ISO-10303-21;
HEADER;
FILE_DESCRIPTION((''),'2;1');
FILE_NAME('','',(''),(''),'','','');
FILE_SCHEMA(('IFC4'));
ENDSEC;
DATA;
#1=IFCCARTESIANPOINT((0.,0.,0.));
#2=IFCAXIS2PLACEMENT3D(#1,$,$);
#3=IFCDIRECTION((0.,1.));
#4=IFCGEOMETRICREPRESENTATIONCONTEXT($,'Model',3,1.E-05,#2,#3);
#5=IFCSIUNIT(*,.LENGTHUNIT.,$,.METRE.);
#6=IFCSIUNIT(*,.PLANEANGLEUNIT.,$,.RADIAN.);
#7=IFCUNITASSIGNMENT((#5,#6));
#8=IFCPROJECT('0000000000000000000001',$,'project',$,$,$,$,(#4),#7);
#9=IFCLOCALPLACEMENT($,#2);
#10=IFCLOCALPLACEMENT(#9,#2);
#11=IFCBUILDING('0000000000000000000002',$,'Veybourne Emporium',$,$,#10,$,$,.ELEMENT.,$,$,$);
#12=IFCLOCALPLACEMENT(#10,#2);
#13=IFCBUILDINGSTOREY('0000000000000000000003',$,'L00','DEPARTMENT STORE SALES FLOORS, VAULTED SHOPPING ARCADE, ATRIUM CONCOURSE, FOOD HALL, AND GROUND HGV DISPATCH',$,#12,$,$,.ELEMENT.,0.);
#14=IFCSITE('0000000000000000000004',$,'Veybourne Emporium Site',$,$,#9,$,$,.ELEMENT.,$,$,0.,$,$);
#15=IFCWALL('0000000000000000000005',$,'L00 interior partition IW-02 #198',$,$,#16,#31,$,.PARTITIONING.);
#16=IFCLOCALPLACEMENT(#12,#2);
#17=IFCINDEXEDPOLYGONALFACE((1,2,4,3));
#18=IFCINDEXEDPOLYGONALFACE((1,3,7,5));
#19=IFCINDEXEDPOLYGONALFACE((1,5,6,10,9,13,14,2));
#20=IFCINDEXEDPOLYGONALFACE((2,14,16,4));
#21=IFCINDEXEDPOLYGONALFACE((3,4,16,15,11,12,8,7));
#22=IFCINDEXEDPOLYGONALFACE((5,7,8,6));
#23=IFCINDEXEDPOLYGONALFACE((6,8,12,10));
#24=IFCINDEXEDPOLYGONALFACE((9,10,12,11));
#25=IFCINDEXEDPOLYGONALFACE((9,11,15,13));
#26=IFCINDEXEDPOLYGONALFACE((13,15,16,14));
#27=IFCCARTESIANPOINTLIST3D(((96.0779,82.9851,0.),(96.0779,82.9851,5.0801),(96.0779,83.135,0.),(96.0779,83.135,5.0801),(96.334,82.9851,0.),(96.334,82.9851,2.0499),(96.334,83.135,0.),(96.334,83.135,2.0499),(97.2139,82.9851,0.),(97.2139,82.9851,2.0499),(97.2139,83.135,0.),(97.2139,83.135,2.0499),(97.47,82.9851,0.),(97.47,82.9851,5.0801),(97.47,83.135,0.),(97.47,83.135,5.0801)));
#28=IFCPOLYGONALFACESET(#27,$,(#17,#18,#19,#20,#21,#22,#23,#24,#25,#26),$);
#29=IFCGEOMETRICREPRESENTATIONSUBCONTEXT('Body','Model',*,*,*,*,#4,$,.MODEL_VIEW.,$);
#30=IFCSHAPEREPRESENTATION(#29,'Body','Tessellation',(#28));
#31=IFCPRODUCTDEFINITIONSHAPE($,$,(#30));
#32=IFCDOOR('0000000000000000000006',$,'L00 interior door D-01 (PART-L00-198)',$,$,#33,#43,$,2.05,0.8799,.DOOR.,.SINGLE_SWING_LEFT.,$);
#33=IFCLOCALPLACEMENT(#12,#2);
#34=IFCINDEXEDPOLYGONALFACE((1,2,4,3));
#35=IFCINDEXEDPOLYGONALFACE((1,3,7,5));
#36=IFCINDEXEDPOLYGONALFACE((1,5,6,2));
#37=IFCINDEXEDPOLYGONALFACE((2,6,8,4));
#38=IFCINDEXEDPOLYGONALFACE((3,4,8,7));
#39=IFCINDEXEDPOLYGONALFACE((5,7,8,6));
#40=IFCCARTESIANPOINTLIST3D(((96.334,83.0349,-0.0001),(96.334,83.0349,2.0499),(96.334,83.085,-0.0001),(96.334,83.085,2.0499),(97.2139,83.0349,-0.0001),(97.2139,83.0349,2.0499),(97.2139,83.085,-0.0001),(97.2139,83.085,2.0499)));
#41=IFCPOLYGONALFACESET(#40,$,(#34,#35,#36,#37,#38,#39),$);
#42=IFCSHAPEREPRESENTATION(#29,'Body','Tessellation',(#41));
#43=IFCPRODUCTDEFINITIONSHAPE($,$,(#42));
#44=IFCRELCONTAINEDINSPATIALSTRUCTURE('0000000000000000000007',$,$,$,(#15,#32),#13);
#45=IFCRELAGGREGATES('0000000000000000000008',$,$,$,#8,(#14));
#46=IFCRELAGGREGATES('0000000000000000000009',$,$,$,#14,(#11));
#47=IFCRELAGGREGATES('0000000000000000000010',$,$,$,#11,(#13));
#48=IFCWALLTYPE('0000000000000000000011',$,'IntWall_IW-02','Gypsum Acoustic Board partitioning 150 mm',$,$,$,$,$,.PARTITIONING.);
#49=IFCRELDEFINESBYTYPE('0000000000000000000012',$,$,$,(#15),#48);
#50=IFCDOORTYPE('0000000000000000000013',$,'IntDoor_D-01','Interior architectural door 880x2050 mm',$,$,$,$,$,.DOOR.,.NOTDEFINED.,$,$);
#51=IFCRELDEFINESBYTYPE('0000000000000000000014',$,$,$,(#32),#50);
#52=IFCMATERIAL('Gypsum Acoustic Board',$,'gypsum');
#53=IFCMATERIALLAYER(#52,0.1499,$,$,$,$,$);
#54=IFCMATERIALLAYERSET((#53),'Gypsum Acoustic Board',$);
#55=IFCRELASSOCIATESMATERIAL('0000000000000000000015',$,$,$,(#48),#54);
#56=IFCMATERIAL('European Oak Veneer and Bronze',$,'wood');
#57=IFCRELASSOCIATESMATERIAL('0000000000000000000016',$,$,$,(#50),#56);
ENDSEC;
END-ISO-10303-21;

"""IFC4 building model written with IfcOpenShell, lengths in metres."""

from ifc_helpers import new_model, si_unit, direction, frame, frame_2d, origin, place, context, subcontext, project, spatial, rectangle, extrude, material, layer, layer_set, type_object, element, fill, save


model = new_model("IFC4")

# Units and contexts
model_context = context("Model", 3, precision=1e-05, world=origin(), true_north=direction((0.0, 1.0)))
body_context = subcontext(model_context, "Body", "Model", "MODEL_VIEW")
ifc_project = project(units=[si_unit("LENGTHUNIT", "METRE"), si_unit("PLANEANGLEUNIT", "RADIAN")], contexts=[model_context])

# Site, building, storey
site_placement = place(None, origin())
site = spatial("IfcSite", under=ifc_project, at=site_placement, Name="Veybourne Emporium Site", CompositionType="ELEMENT", RefElevation=0.0)
building_placement = place(site_placement, origin())
building = spatial("IfcBuilding", under=site, at=building_placement, Name="Veybourne Emporium", CompositionType="ELEMENT")
storey_placement = place(building_placement, origin())
storey = spatial("IfcBuildingStorey", under=building, at=storey_placement, Name="L00", Description="DEPARTMENT STORE SALES FLOORS, VAULTED SHOPPING ARCADE, ATRIUM CONCOURSE, FOOD HALL, AND GROUND HGV DISPATCH", CompositionType="ELEMENT", Elevation=0.0)

# Wall, opening, door
ifc_material_1 = material(Name="Gypsum Acoustic Board", Category="gypsum")
ifc_material_2 = material(Name="European Oak Veneer and Bronze", Category="wood")
ifc_layer_1 = layer(ifc_material_1, 0.1499)
ifc_layer_set_1 = layer_set([ifc_layer_1], Name="Gypsum Acoustic Board")
wall_type_1 = type_object("IfcWallType", Name="IntWall_IW-02", Description="Gypsum Acoustic Board partitioning 150 mm", PredefinedType="PARTITIONING", material=ifc_layer_set_1)
wall_1_placement = place(storey_placement, frame((96.0779, 83.0601, 0.0), z_axis=(0.0, 0.0, 1.0), x_axis=(1.0, 0.0, 0.0)))
wall_1 = element("IfcWall", 1, at=wall_1_placement, inside=storey, type_object=wall_type_1, Name="L00 interior partition IW-02 #198", PredefinedType="PARTITIONING", context=body_context, shape_type="SweptSolid", body=[
    extrude(rectangle(XDim=1.3921, YDim=0.1499, at=frame_2d((0.696, 0.0))), origin(), (0.0, 0.0, 1.0), 5.0801),
])
opening_1_placement = place(wall_1_placement, frame((0.2561, 0.0, 0.0)))
opening_1 = element("IfcOpeningElement", 2, at=opening_1_placement, cuts=wall_1, PredefinedType="OPENING", context=body_context, shape_type="SweptSolid", body=[
    extrude(rectangle(XDim=0.8799, YDim=2.05, at=frame_2d((0.4399, 1.0249))), frame((0.0, 0.095, 0.0), z_axis=(0.0, -1.0, 0.0), x_axis=(1.0, 0.0, 0.0)), (0.0, 0.0, 1.0), 0.1899),
])
door_type_1 = type_object("IfcDoorType", Name="IntDoor_D-01", Description="Interior architectural door 880x2050 mm", OperationType="NOTDEFINED", PredefinedType="DOOR", material=ifc_material_2)
door_1_placement = place(opening_1_placement, origin())
door_1 = element("IfcDoor", 3, at=door_1_placement, inside=storey, type_object=door_type_1, Name="L00 interior door D-01 (PART-L00-198)", OperationType="SINGLE_SWING_LEFT", OverallHeight=2.05, OverallWidth=0.8799, PredefinedType="DOOR", context=body_context, shape_type="SweptSolid", body=[
    extrude(rectangle(XDim=0.8799, YDim=2.05, at=frame_2d((0.4399, 1.0249))), frame((0.0, 0.0249, 0.0), z_axis=(0.0, -1.0, 0.0), x_axis=(1.0, 0.0, 0.0)), (0.0, 0.0, 1.0), 0.05),
])
fill(opening_1, door_1)

save(model, "model.ifc")
